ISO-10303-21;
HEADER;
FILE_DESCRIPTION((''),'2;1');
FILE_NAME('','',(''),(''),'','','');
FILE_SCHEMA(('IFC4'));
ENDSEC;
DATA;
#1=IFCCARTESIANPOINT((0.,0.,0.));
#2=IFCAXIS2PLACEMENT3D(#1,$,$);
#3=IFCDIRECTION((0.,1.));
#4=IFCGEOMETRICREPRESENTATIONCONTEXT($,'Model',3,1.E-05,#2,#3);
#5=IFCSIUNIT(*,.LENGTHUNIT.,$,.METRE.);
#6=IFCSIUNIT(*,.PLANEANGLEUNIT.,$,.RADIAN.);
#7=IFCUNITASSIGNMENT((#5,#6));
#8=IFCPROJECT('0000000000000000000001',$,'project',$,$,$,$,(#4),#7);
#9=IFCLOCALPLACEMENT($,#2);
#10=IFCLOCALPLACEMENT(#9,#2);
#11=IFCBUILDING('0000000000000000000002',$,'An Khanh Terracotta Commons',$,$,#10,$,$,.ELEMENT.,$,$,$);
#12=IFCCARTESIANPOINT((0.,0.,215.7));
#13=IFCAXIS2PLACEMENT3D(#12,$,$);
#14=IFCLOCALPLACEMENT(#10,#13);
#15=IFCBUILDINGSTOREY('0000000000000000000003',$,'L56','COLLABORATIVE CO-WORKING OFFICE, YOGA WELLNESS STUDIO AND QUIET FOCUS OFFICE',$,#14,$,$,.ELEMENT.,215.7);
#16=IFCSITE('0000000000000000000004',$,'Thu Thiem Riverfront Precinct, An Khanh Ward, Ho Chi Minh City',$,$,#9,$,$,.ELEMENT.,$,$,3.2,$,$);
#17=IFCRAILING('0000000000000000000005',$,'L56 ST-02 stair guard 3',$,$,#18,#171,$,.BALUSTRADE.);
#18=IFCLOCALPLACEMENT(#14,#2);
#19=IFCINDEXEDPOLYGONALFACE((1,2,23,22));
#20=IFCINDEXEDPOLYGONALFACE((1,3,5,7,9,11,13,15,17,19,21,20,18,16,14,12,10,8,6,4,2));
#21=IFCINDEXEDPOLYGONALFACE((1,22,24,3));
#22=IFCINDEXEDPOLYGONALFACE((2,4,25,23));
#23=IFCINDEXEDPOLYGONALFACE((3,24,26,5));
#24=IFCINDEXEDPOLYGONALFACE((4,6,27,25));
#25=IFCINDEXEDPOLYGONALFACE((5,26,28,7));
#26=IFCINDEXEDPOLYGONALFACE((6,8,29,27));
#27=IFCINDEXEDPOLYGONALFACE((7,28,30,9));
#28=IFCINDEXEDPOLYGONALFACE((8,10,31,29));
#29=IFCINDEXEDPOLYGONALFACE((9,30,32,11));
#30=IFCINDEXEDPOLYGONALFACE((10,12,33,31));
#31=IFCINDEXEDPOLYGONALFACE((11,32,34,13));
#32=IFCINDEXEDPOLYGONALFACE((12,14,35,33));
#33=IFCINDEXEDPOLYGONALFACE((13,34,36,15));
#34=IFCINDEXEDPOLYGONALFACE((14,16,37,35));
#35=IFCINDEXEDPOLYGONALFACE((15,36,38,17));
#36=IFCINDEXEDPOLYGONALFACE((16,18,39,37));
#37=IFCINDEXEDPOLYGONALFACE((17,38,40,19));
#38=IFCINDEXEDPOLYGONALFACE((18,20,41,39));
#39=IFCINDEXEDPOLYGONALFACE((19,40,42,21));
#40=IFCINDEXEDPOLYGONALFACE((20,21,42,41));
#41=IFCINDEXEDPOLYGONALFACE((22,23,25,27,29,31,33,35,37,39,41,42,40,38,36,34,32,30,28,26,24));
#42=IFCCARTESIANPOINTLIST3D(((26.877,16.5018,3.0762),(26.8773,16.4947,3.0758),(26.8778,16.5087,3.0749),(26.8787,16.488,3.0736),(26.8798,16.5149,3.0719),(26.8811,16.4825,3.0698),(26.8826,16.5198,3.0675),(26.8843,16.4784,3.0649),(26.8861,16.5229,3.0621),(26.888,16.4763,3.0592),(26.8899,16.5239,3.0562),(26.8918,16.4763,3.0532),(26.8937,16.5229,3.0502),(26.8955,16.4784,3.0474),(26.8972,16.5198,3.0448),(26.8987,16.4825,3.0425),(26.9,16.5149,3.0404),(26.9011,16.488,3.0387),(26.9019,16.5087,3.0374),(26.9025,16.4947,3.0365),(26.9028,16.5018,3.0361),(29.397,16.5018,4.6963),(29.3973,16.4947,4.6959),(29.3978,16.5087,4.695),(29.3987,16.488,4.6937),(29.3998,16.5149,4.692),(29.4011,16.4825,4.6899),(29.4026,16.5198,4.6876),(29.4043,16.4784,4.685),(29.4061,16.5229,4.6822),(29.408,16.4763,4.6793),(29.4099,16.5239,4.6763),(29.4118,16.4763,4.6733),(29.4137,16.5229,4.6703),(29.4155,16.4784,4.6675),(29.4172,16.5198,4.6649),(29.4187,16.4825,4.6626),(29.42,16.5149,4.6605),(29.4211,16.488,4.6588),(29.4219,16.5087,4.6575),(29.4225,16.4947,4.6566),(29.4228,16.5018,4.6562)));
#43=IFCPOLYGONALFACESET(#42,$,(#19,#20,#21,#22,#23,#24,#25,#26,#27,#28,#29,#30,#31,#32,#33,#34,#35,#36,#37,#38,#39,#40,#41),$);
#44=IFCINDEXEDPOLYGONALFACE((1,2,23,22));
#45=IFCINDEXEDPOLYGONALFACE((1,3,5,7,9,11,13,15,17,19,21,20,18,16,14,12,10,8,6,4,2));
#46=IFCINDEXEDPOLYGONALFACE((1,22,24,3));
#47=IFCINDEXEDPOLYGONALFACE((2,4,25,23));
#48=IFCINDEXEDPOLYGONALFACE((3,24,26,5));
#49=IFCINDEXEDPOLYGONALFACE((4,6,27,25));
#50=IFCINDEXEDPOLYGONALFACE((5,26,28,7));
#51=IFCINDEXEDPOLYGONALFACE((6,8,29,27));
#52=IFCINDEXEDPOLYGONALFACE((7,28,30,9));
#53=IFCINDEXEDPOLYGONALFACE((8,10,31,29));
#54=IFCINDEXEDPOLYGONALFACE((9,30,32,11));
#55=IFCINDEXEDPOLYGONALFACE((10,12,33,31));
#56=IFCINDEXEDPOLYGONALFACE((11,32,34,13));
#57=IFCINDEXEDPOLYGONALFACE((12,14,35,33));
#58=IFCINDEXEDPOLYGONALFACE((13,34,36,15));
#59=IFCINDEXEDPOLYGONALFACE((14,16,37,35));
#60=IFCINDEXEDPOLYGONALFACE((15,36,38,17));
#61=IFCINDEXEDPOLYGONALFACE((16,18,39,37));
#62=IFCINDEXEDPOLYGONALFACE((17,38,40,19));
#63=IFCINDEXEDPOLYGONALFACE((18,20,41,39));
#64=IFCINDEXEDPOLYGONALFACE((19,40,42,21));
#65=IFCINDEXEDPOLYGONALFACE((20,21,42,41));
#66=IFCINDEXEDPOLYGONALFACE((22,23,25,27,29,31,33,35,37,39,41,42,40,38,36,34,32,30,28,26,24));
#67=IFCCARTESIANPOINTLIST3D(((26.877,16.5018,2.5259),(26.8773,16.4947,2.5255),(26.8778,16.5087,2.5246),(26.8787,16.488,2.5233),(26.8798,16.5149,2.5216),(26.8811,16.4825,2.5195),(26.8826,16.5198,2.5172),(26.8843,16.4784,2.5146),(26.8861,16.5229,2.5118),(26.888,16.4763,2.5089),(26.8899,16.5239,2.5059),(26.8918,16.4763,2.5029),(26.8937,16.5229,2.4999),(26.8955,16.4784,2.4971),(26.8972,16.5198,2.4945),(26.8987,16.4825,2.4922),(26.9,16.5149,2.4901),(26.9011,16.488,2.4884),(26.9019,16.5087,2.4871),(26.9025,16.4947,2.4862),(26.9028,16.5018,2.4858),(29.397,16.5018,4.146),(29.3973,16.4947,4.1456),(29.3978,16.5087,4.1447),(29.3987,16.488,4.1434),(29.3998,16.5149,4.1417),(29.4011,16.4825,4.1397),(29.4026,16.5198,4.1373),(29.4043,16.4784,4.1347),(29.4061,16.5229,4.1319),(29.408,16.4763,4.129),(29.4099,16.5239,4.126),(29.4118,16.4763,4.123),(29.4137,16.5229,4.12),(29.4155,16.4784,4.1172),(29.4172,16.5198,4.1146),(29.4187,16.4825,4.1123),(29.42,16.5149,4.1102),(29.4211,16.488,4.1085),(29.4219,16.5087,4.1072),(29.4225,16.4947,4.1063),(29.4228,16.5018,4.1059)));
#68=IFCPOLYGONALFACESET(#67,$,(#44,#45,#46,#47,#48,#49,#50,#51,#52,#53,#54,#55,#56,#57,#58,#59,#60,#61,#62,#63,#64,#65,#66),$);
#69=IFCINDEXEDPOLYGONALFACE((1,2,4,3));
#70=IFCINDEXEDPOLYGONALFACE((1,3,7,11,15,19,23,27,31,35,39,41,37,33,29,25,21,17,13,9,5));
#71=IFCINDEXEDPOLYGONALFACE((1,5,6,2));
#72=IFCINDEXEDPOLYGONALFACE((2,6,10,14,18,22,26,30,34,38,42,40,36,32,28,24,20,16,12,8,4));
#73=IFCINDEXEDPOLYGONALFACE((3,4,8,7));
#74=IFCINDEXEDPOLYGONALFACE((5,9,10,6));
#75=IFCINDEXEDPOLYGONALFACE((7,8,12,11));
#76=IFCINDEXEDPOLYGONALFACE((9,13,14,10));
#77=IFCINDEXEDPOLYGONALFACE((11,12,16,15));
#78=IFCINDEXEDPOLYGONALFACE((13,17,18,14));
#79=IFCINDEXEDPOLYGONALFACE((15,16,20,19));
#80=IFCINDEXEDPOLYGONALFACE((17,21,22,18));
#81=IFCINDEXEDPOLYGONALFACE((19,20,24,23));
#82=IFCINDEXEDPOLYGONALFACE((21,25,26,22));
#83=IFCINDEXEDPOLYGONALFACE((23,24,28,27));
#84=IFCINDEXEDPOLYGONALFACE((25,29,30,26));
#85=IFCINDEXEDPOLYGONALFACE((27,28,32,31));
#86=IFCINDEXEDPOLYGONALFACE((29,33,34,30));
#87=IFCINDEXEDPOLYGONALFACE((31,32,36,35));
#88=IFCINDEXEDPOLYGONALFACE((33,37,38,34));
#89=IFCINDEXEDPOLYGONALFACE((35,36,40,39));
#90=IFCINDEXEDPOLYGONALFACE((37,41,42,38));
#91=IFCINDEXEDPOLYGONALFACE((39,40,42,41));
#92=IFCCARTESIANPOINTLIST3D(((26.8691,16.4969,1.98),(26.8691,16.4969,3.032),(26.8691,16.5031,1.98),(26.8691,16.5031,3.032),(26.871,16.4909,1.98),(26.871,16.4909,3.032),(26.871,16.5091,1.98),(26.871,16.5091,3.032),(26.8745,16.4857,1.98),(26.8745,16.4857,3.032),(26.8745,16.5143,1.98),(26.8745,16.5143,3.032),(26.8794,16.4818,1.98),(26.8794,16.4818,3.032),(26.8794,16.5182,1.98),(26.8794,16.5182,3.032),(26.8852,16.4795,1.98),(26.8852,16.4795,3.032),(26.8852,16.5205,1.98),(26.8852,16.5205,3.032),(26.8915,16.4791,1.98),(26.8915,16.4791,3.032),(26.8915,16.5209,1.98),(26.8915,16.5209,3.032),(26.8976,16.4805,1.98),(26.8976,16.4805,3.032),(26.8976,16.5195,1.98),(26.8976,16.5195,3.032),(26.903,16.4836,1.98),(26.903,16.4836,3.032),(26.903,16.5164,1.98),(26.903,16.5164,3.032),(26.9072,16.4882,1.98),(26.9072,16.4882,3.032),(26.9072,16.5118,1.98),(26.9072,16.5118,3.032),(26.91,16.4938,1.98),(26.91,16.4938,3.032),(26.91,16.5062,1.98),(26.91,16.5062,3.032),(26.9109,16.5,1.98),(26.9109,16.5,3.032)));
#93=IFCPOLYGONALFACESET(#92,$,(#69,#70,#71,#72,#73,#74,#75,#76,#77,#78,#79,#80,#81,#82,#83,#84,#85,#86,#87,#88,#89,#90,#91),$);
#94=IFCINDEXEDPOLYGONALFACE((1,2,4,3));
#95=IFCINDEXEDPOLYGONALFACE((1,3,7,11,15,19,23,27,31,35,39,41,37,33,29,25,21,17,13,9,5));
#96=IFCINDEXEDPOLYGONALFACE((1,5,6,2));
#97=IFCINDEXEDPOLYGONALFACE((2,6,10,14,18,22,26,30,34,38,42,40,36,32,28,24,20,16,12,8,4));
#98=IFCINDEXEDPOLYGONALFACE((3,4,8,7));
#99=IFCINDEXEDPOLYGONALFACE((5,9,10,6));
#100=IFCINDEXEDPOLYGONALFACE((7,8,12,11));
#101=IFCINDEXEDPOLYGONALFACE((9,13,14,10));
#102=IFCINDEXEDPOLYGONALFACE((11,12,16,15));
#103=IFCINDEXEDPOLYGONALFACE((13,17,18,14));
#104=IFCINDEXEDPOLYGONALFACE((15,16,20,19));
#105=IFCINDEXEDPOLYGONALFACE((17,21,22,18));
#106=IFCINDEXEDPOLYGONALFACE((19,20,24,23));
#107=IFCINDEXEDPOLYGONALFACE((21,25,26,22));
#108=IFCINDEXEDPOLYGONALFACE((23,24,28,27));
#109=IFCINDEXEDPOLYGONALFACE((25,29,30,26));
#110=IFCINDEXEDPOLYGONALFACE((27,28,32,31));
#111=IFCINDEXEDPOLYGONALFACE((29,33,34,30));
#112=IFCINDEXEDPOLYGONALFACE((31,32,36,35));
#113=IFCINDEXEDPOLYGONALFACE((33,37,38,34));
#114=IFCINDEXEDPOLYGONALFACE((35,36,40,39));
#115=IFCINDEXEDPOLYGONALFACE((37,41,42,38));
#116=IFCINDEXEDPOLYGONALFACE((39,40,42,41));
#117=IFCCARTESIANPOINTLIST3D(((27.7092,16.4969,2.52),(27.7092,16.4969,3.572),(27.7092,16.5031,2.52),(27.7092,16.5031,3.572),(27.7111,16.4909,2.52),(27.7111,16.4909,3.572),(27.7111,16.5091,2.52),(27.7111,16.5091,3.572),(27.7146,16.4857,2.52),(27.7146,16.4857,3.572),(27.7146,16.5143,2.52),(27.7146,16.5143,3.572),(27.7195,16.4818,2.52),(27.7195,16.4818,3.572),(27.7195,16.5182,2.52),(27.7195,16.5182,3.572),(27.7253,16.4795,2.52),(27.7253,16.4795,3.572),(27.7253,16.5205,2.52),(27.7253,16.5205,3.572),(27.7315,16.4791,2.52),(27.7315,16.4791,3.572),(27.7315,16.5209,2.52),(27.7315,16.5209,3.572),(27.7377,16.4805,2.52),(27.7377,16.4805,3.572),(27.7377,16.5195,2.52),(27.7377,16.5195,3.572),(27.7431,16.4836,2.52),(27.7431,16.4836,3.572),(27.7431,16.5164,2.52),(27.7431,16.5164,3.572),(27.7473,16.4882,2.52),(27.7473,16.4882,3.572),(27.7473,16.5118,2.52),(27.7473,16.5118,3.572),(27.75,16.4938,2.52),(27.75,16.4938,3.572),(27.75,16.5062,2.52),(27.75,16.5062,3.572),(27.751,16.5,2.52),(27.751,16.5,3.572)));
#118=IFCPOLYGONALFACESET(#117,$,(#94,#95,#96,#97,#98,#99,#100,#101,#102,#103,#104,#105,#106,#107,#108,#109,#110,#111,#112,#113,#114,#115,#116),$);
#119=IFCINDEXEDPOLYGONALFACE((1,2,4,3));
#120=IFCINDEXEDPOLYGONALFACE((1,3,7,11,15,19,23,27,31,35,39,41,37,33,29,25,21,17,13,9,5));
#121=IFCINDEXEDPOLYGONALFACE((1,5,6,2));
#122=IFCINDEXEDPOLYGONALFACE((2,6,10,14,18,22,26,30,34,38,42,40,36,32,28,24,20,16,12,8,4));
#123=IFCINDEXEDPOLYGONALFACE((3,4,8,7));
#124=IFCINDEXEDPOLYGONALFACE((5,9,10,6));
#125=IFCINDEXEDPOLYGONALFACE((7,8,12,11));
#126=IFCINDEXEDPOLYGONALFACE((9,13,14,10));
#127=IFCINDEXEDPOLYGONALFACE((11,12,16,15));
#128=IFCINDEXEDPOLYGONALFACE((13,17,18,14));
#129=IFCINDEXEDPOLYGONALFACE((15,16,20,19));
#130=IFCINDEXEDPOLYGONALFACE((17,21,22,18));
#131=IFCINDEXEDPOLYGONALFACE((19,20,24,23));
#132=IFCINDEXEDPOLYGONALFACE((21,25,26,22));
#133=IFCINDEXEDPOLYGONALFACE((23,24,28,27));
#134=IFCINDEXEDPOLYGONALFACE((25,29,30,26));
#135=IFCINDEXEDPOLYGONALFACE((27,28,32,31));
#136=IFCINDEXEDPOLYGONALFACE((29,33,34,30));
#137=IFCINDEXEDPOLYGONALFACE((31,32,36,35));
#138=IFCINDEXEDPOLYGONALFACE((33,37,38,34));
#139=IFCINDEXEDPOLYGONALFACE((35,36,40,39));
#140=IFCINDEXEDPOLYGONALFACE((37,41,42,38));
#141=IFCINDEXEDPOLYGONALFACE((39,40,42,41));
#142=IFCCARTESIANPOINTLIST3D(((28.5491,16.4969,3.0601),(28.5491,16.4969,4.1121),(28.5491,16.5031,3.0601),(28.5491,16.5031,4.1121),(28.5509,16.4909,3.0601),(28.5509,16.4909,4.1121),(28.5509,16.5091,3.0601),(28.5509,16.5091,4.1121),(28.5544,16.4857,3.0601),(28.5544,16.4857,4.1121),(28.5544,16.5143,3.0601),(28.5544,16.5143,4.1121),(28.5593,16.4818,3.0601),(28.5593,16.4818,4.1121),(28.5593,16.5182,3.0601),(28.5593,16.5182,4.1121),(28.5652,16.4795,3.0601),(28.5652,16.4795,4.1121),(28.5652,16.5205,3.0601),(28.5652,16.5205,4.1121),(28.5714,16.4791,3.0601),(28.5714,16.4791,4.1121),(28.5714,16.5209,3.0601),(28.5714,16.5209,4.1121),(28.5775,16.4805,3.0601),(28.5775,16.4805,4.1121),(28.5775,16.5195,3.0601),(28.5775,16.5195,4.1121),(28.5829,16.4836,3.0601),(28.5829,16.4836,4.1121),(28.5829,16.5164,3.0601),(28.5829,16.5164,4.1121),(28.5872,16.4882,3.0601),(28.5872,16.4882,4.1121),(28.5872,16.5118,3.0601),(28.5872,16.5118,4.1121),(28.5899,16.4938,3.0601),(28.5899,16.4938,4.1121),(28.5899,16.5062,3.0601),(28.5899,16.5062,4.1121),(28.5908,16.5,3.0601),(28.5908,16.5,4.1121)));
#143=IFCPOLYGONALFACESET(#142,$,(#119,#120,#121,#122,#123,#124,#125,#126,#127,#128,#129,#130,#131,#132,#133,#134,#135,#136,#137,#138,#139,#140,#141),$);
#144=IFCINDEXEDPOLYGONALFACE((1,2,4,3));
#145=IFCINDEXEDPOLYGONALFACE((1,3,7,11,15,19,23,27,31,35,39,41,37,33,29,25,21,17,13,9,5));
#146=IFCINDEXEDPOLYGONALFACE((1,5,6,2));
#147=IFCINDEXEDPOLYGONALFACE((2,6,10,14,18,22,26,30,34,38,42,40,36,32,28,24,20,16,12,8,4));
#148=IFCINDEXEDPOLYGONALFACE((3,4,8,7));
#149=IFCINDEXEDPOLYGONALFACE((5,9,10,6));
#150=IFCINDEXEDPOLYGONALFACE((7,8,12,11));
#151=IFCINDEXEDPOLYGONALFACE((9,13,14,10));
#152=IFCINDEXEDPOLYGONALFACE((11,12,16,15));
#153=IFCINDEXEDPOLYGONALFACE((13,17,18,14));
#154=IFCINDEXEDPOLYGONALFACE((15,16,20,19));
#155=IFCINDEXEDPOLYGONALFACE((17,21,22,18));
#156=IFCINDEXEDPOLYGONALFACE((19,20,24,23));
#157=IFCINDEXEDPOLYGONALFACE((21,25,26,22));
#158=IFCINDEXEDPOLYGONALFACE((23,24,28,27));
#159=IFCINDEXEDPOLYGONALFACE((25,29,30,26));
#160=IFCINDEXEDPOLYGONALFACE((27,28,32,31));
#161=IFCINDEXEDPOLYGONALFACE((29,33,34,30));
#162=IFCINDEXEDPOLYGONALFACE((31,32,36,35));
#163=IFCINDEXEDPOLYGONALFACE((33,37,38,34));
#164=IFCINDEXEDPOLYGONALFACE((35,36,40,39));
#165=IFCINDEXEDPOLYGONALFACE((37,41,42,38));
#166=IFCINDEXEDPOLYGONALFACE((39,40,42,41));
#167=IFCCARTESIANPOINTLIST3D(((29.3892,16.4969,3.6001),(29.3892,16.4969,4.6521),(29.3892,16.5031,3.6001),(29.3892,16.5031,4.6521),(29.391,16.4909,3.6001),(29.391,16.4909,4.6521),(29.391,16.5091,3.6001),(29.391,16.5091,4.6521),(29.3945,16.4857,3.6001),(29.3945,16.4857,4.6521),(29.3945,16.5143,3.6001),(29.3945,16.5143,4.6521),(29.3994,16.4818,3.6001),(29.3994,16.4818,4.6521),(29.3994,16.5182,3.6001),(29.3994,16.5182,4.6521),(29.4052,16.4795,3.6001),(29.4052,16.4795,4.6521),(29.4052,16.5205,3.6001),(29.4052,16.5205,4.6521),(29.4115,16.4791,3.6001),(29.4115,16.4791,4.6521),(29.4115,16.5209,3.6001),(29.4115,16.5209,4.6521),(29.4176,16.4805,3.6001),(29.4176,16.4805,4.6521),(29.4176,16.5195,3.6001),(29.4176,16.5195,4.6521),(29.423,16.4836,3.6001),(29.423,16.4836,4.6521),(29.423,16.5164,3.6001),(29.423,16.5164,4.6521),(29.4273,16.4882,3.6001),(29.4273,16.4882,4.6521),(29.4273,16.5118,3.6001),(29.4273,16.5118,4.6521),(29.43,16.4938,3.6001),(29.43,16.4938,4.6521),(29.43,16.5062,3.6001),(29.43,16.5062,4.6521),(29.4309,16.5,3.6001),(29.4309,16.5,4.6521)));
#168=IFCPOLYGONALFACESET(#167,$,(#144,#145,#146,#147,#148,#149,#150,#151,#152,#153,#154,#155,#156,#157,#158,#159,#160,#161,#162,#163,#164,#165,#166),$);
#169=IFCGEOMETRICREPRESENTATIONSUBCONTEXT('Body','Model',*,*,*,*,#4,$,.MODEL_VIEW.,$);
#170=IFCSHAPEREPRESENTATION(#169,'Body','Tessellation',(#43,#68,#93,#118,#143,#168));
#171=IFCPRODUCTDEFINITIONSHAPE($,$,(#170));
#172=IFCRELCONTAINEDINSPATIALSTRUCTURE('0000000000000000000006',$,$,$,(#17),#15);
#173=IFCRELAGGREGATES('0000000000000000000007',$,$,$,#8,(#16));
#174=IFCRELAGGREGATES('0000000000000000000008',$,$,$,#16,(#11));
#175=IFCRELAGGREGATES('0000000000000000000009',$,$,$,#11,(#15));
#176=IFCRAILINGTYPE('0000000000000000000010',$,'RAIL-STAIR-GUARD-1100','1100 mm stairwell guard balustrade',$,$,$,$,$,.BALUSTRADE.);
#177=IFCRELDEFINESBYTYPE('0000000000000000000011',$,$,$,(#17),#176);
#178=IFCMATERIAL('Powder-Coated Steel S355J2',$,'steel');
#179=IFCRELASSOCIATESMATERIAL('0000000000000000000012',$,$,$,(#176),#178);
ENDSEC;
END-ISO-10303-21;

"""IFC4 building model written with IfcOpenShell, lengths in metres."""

from ifc_helpers import new_model, si_unit, direction, frame, origin, origin_2d, place, context, subcontext, project, spatial, circle, extrude, material, type_object, element, save


model = new_model("IFC4")

# Units and contexts
model_context = context("Model", 3, precision=1e-05, world=origin(), true_north=direction((0.0, 1.0)))
body_context = subcontext(model_context, "Body", "Model", "MODEL_VIEW")
ifc_project = project(units=[si_unit("LENGTHUNIT", "METRE"), si_unit("PLANEANGLEUNIT", "RADIAN")], contexts=[model_context])

# Site, building, storey
site_placement = place(None, origin())
site = spatial("IfcSite", under=ifc_project, at=site_placement, Name="Thu Thiem Riverfront Precinct, An Khanh Ward, Ho Chi Minh City", CompositionType="ELEMENT", RefElevation=3.2)
building_placement = place(site_placement, origin())
building = spatial("IfcBuilding", under=site, at=building_placement, Name="An Khanh Terracotta Commons", CompositionType="ELEMENT")
storey_placement = place(building_placement, frame((0.0, 0.0, 215.7)))
storey = spatial("IfcBuildingStorey", under=building, at=storey_placement, Name="L56", Description="COLLABORATIVE CO-WORKING OFFICE, YOGA WELLNESS STUDIO AND QUIET FOCUS OFFICE", CompositionType="ELEMENT", Elevation=215.7)

# Railing
ifc_material_1 = material(Name="Powder-Coated Steel S355J2", Category="steel")
railing_type_1 = type_object("IfcRailingType", Name="RAIL-STAIR-GUARD-1100", Description="1100 mm stairwell guard balustrade", PredefinedType="BALUSTRADE", material=ifc_material_1)
railing_1_placement = place(storey_placement, frame((26.8899, 16.5, 1.98)))
element("IfcRailing", 1, at=railing_1_placement, inside=storey, type_object=railing_type_1, Name="L56 ST-02 stair guard 3", PredefinedType="BALUSTRADE", context=body_context, shape_type="SweptSolid", body=[
    extrude(circle(Radius=0.0239, at=origin_2d()), frame((0.0, 0.0, 1.0762), z_axis=(0.841163, 0.0, 0.540782), x_axis=(0.0, 1.0, 0.0)), (0.0, 0.0, 1.0), 2.9958),
    extrude(circle(Radius=0.0239, at=origin_2d()), frame((0.0, 0.0, 0.5259), z_axis=(0.841163, 0.0, 0.540782), x_axis=(0.0, 1.0, 0.0)), (0.0, 0.0, 1.0), 2.9958),
    extrude(circle(Radius=0.021, at=origin_2d()), origin(), (0.0, 0.0, 1.0), 1.052),
    extrude(circle(Radius=0.021, at=origin_2d()), frame((0.8401, 0.0, 0.54)), (0.0, 0.0, 1.0), 1.052),
    extrude(circle(Radius=0.021, at=origin_2d()), frame((1.6799, 0.0, 1.0801)), (0.0, 0.0, 1.0), 1.052),
    extrude(circle(Radius=0.021, at=origin_2d()), frame((2.52, 0.0, 1.6201)), (0.0, 0.0, 1.0), 1.052),
])

save(model, "model.ifc")
